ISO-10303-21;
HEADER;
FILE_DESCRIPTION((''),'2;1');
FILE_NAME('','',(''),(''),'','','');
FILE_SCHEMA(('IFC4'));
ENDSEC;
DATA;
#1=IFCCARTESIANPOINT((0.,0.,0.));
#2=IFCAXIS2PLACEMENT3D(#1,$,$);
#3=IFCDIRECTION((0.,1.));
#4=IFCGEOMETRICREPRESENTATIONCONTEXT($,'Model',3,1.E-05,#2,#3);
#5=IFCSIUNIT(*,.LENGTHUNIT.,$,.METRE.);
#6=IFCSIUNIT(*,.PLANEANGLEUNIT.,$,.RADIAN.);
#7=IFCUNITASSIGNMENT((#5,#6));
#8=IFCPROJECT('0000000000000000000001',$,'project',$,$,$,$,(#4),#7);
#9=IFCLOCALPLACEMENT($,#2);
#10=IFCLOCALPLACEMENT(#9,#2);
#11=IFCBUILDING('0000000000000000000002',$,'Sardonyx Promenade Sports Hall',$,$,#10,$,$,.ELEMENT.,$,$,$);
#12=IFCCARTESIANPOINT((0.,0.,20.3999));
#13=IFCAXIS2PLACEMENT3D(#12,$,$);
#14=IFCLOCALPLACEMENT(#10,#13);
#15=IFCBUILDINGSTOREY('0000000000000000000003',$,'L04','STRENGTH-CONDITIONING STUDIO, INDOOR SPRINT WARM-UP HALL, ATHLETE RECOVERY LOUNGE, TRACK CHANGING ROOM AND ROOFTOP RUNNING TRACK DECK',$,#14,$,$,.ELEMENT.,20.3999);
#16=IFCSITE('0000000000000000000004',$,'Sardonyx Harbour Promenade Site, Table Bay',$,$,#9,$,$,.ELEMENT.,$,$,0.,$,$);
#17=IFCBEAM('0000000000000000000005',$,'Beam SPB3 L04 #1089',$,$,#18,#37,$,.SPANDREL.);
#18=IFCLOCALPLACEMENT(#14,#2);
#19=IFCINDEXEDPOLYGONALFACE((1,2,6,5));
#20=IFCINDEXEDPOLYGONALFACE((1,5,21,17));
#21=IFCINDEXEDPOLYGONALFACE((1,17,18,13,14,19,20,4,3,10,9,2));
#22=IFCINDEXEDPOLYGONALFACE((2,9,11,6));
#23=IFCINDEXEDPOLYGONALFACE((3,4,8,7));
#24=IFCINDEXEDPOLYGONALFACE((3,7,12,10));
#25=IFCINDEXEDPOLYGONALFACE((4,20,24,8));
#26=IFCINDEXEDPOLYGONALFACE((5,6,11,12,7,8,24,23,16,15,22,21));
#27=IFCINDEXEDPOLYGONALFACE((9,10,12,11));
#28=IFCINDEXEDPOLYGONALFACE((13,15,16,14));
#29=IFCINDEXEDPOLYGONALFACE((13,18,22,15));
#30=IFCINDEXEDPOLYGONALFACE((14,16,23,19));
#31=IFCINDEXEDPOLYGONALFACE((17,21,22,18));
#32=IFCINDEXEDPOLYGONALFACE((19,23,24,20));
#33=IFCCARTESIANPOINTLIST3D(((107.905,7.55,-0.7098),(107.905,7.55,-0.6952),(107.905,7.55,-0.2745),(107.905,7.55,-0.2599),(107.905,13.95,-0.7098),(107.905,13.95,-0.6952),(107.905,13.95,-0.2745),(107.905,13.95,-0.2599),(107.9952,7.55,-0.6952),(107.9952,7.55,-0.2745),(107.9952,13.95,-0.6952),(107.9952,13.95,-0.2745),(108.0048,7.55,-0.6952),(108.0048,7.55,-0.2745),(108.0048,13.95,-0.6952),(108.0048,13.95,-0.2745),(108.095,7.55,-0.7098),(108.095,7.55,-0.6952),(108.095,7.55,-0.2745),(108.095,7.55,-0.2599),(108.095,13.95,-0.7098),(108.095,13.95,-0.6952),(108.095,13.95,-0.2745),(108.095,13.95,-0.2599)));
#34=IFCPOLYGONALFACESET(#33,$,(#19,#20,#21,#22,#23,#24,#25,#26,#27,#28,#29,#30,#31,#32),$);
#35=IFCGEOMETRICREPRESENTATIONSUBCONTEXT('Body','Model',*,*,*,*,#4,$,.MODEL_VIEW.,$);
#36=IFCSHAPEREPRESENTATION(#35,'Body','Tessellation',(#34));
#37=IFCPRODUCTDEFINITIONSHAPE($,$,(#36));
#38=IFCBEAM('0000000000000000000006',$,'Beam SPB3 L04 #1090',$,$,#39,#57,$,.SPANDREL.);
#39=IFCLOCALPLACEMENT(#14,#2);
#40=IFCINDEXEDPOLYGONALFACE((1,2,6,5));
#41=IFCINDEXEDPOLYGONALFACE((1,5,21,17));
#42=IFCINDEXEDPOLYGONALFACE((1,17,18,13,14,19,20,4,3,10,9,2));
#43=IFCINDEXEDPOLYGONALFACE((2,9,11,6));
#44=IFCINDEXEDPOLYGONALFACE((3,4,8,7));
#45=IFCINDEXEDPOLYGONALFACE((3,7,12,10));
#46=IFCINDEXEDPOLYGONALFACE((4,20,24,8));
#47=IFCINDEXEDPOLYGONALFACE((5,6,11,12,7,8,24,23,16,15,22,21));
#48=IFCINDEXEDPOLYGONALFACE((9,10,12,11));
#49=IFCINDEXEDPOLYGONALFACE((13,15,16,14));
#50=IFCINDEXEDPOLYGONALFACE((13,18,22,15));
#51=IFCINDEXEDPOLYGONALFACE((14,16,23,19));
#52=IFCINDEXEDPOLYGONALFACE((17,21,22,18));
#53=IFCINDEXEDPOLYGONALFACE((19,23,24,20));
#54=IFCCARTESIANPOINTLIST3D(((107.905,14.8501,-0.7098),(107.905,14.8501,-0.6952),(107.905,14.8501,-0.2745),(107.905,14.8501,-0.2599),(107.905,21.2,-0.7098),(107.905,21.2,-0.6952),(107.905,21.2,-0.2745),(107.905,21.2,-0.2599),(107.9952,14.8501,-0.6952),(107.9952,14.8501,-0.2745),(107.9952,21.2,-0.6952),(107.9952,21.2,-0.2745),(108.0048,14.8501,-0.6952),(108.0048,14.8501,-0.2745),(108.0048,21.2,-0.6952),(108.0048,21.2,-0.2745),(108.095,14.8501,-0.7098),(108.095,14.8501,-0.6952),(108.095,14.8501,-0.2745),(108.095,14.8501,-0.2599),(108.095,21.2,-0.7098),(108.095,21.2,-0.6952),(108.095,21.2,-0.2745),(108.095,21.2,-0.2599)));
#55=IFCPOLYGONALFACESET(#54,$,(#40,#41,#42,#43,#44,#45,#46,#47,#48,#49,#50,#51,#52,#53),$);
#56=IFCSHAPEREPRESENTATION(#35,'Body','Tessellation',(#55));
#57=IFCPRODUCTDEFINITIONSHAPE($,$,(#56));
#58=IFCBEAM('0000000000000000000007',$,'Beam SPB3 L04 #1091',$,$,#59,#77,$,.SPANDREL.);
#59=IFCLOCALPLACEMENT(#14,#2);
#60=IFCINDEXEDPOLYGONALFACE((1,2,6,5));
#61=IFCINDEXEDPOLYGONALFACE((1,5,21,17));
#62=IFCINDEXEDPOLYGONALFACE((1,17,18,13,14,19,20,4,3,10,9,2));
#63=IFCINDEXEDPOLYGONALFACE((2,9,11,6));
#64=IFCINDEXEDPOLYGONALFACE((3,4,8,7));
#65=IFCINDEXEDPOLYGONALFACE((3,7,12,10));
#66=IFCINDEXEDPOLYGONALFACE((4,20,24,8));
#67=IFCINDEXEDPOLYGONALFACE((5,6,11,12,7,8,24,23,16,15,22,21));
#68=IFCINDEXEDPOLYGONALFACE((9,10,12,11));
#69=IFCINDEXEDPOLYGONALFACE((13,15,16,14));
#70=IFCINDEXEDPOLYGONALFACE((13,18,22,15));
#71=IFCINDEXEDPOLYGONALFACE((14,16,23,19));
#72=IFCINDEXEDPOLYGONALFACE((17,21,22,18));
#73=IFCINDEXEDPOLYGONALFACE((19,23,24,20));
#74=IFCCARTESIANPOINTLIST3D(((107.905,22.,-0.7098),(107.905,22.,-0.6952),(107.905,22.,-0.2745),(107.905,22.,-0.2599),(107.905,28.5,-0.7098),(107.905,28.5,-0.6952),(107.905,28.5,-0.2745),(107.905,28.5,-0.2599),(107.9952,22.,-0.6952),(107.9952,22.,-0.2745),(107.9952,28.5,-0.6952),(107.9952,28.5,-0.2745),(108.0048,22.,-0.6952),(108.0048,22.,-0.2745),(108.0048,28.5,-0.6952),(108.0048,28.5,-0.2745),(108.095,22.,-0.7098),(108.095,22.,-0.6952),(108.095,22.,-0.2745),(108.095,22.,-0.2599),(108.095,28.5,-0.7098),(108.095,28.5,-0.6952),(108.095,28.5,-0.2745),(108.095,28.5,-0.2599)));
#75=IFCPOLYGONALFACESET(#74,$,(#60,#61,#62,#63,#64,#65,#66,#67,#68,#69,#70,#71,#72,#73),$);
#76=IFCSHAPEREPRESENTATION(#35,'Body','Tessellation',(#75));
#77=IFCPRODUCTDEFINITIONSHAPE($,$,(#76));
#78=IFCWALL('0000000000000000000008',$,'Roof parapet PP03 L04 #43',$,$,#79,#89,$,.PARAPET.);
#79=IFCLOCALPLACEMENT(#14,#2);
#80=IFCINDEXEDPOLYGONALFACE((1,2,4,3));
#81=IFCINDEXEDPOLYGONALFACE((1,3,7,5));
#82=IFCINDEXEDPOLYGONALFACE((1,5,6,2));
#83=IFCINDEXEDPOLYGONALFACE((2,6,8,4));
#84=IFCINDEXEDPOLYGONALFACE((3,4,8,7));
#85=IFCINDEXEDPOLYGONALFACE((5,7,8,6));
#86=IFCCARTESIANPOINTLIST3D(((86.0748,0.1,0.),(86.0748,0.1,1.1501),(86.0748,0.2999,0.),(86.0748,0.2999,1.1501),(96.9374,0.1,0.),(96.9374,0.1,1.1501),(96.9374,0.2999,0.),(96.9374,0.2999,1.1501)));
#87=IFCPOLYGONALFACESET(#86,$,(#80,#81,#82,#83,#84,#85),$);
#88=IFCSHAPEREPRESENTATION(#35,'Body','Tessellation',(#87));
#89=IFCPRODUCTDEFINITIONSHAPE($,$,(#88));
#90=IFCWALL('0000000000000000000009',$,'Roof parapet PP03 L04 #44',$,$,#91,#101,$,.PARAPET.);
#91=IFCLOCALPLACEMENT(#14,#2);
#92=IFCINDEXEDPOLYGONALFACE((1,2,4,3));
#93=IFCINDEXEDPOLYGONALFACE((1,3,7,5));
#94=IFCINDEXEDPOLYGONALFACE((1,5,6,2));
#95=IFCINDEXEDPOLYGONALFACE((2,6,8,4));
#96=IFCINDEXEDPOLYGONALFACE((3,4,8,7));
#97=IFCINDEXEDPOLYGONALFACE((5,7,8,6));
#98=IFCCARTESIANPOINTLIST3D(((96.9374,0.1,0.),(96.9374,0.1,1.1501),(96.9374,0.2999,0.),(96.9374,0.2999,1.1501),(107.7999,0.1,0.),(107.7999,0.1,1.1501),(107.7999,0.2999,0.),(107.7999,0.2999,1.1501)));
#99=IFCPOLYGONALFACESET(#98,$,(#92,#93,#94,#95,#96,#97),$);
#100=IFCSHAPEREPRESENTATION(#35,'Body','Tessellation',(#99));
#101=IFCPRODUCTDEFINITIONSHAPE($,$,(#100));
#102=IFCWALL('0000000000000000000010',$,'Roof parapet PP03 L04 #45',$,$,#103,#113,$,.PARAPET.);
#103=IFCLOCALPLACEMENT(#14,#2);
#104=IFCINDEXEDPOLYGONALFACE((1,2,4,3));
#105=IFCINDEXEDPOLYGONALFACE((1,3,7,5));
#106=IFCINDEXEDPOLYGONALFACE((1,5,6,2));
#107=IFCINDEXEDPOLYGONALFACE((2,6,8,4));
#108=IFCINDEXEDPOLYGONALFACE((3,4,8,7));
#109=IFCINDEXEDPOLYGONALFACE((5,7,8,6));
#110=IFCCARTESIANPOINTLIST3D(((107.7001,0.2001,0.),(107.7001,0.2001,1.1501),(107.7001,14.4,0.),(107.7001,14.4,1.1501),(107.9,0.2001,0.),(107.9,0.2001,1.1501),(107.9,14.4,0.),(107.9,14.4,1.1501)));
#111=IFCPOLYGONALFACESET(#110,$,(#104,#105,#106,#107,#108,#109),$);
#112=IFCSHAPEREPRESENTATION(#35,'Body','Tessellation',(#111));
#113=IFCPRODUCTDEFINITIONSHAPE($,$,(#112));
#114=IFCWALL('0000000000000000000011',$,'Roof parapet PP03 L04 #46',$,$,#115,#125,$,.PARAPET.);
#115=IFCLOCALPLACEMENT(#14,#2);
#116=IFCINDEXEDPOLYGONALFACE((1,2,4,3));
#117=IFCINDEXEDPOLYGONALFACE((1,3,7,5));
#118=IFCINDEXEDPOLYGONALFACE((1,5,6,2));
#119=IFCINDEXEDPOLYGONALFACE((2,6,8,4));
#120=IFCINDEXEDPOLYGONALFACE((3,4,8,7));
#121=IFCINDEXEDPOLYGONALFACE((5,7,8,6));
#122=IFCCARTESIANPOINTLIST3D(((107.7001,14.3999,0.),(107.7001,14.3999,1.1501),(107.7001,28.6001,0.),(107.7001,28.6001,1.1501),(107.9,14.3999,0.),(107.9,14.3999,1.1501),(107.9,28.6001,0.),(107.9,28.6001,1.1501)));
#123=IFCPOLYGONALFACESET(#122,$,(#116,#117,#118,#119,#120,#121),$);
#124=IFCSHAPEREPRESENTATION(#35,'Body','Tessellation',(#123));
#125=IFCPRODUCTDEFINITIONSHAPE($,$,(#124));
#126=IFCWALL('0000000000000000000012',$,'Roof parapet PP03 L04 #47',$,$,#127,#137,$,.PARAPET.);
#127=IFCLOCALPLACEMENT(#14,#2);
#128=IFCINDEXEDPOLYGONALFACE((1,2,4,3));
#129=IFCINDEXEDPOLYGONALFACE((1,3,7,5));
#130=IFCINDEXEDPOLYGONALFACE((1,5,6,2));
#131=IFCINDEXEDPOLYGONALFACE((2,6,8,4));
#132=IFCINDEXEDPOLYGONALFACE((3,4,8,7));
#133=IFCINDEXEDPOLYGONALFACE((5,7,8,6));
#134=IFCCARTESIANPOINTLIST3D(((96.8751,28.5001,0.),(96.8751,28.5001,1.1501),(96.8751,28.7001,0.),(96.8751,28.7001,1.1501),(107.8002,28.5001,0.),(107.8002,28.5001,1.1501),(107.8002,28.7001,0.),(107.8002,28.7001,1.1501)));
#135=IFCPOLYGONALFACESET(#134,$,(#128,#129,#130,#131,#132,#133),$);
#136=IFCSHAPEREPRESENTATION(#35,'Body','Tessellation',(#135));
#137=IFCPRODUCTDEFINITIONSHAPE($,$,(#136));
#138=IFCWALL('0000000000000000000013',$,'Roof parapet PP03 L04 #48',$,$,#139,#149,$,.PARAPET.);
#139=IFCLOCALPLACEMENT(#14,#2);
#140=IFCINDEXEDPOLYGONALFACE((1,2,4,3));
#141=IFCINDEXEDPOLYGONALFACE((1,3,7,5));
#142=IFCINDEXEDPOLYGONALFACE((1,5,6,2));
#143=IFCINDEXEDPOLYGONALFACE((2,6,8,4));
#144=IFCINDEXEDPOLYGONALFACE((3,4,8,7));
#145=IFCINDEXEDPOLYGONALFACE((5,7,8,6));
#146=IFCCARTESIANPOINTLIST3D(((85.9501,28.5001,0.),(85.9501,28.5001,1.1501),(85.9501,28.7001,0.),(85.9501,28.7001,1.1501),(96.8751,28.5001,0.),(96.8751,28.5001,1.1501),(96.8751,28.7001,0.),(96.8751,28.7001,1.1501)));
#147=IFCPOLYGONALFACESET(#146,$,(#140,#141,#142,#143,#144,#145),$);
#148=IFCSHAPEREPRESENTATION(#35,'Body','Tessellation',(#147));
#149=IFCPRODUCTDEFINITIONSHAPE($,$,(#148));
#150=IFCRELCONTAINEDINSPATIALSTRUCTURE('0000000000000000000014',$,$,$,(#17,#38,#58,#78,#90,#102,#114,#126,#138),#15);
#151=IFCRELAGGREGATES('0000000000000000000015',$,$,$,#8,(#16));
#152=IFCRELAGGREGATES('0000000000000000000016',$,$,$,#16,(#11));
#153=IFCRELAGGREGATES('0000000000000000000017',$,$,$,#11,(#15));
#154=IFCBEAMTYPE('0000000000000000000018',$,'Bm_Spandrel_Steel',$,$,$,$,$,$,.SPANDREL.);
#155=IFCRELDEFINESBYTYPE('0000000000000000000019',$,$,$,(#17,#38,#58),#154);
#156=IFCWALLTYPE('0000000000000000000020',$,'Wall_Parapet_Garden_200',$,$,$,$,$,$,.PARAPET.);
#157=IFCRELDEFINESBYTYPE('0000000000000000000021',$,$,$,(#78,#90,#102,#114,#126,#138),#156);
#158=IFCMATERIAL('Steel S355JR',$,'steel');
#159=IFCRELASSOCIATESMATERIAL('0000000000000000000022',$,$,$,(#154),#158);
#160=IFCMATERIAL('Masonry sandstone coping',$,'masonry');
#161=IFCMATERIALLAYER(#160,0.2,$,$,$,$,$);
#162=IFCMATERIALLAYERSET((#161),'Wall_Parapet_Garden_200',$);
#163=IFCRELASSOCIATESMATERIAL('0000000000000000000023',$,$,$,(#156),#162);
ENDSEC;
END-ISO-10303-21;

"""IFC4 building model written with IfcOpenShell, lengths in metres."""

from ifc_helpers import new_model, si_unit, direction, frame, frame_2d, origin, origin_2d, place, context, subcontext, project, spatial, rectangle, i_section, extrude, material, layer, layer_set, material_profile, profile_set, type_object, element, save


model = new_model("IFC4")

# Units and contexts
model_context = context("Model", 3, precision=1e-05, world=origin(), true_north=direction((0.0, 1.0)))
body_context = subcontext(model_context, "Body", "Model", "MODEL_VIEW")
ifc_project = project(units=[si_unit("LENGTHUNIT", "METRE"), si_unit("PLANEANGLEUNIT", "RADIAN")], contexts=[model_context])

# Site, building, storey
site_placement = place(None, origin())
site = spatial("IfcSite", under=ifc_project, at=site_placement, Name="Sardonyx Harbour Promenade Site, Table Bay", CompositionType="ELEMENT", RefElevation=0.0)
building_placement = place(site_placement, origin())
building = spatial("IfcBuilding", under=site, at=building_placement, Name="Sardonyx Promenade Sports Hall", CompositionType="ELEMENT")
storey_placement = place(building_placement, frame((0.0, 0.0, 20.3999)))
storey = spatial("IfcBuildingStorey", under=building, at=storey_placement, Name="L04", Description="STRENGTH-CONDITIONING STUDIO, INDOOR SPRINT WARM-UP HALL, ATHLETE RECOVERY LOUNGE, TRACK CHANGING ROOM AND ROOFTOP RUNNING TRACK DECK", CompositionType="ELEMENT", Elevation=20.3999)

# Beams
ifc_material_1 = material(Name="Steel S355JR", Category="steel")
ifc_material_profile_1 = material_profile(ifc_material_1, i_section(OverallWidth=0.1899, OverallDepth=0.45, WebThickness=0.0095, FlangeThickness=0.0146, at=origin_2d()))
ifc_profile_set_1 = profile_set([ifc_material_profile_1], Name="Steel S355JR")
beam_type_1 = type_object("IfcBeamType", Name="Bm_Spandrel_Steel", PredefinedType="SPANDREL", material=ifc_profile_set_1)
beam_1_placement = place(storey_placement, frame((108.0, 7.55, -0.4849), z_axis=(0.0, 1.0, 0.0), x_axis=(-1.0, 0.0, 0.0)))
element("IfcBeam", 1, at=beam_1_placement, inside=storey, type_object=beam_type_1, Name="Beam SPB3 L04 #1089", PredefinedType="SPANDREL", context=body_context, shape_type="SweptSolid", body=[
    extrude(i_section(OverallWidth=0.1899, OverallDepth=0.45, WebThickness=0.0095, FlangeThickness=0.0146, at=origin_2d()), origin(), (0.0, 0.0, 1.0), 6.3999),
])
beam_2_placement = place(storey_placement, frame((108.0, 14.8501, -0.4849), z_axis=(0.0, 1.0, 0.0), x_axis=(-1.0, 0.0, 0.0)))
element("IfcBeam", 2, at=beam_2_placement, inside=storey, type_object=beam_type_1, Name="Beam SPB3 L04 #1090", PredefinedType="SPANDREL", context=body_context, shape_type="SweptSolid", body=[
    extrude(i_section(OverallWidth=0.1899, OverallDepth=0.45, WebThickness=0.0095, FlangeThickness=0.0146, at=origin_2d()), origin(), (0.0, 0.0, 1.0), 6.3499),
])
beam_3_placement = place(storey_placement, frame((108.0, 22.0, -0.4849), z_axis=(0.0, 1.0, 0.0), x_axis=(-1.0, 0.0, 0.0)))
element("IfcBeam", 3, at=beam_3_placement, inside=storey, type_object=beam_type_1, Name="Beam SPB3 L04 #1091", PredefinedType="SPANDREL", context=body_context, shape_type="SweptSolid", body=[
    extrude(i_section(OverallWidth=0.1899, OverallDepth=0.45, WebThickness=0.0095, FlangeThickness=0.0146, at=origin_2d()), origin(), (0.0, 0.0, 1.0), 6.5),
])

# Walls
ifc_material_2 = material(Name="Masonry sandstone coping", Category="masonry")
ifc_layer = layer(ifc_material_2, 0.2)
ifc_layer_set = layer_set([ifc_layer], Name="Wall_Parapet_Garden_200")
wall_type = type_object("IfcWallType", Name="Wall_Parapet_Garden_200", PredefinedType="PARAPET", material=ifc_layer_set)
for number, where, z_axis, x_axis, name in (
    (4, (86.075, 0.2, 0.0), (0.0, 0.0, 1.0), (1.0, 0.0, 0.0), "Roof parapet PP03 L04 #43"),
    (5, (96.9375, 0.2, 0.0), (0.0, 0.0, 1.0), (1.0, 0.0, 0.0), "Roof parapet PP03 L04 #44"),
):
    element("IfcWall", number, at=place(storey_placement, frame(where, z_axis=z_axis, x_axis=x_axis)), inside=storey, type_object=wall_type, Name=name, PredefinedType="PARAPET", context=body_context, shape_type="SweptSolid", body=[
        extrude(rectangle(XDim=10.8625, YDim=0.2, at=frame_2d((5.4312, 0.0))), origin(), (0.0, 0.0, 1.0), 1.1501),
    ])
wall_1_placement = place(storey_placement, frame((107.8, 0.2, 0.0), z_axis=(0.0, 0.0, 1.0), x_axis=(0.0, 1.0, 0.0)))
element("IfcWall", 6, at=wall_1_placement, inside=storey, type_object=wall_type, Name="Roof parapet PP03 L04 #45", PredefinedType="PARAPET", context=body_context, shape_type="SweptSolid", body=[
    extrude(rectangle(XDim=14.2, YDim=0.2, at=frame_2d((7.1001, 0.0))), origin(), (0.0, 0.0, 1.0), 1.1501),
])
wall_2_placement = place(storey_placement, frame((107.8, 14.3999, 0.0), z_axis=(0.0, 0.0, 1.0), x_axis=(0.0, 1.0, 0.0)))
element("IfcWall", 7, at=wall_2_placement, inside=storey, type_object=wall_type, Name="Roof parapet PP03 L04 #46", PredefinedType="PARAPET", context=body_context, shape_type="SweptSolid", body=[
    extrude(rectangle(XDim=14.2002, YDim=0.2, at=frame_2d((7.1001, 0.0))), origin(), (0.0, 0.0, 1.0), 1.1501),
])
for number, where, z_axis, x_axis, name in (
    (8, (107.8, 28.6001, 0.0), (0.0, 0.0, 1.0), (-1.0, 0.0, 0.0), "Roof parapet PP03 L04 #47"),
    (9, (96.875, 28.6001, 0.0), (0.0, 0.0, 1.0), (-1.0, 0.0, 0.0), "Roof parapet PP03 L04 #48"),
):
    element("IfcWall", number, at=place(storey_placement, frame(where, z_axis=z_axis, x_axis=x_axis)), inside=storey, type_object=wall_type, Name=name, PredefinedType="PARAPET", context=body_context, shape_type="SweptSolid", body=[
        extrude(rectangle(XDim=10.925, YDim=0.2, at=frame_2d((5.4624, 0.0))), origin(), (0.0, 0.0, 1.0), 1.1501),
    ])

save(model, "model.ifc")
